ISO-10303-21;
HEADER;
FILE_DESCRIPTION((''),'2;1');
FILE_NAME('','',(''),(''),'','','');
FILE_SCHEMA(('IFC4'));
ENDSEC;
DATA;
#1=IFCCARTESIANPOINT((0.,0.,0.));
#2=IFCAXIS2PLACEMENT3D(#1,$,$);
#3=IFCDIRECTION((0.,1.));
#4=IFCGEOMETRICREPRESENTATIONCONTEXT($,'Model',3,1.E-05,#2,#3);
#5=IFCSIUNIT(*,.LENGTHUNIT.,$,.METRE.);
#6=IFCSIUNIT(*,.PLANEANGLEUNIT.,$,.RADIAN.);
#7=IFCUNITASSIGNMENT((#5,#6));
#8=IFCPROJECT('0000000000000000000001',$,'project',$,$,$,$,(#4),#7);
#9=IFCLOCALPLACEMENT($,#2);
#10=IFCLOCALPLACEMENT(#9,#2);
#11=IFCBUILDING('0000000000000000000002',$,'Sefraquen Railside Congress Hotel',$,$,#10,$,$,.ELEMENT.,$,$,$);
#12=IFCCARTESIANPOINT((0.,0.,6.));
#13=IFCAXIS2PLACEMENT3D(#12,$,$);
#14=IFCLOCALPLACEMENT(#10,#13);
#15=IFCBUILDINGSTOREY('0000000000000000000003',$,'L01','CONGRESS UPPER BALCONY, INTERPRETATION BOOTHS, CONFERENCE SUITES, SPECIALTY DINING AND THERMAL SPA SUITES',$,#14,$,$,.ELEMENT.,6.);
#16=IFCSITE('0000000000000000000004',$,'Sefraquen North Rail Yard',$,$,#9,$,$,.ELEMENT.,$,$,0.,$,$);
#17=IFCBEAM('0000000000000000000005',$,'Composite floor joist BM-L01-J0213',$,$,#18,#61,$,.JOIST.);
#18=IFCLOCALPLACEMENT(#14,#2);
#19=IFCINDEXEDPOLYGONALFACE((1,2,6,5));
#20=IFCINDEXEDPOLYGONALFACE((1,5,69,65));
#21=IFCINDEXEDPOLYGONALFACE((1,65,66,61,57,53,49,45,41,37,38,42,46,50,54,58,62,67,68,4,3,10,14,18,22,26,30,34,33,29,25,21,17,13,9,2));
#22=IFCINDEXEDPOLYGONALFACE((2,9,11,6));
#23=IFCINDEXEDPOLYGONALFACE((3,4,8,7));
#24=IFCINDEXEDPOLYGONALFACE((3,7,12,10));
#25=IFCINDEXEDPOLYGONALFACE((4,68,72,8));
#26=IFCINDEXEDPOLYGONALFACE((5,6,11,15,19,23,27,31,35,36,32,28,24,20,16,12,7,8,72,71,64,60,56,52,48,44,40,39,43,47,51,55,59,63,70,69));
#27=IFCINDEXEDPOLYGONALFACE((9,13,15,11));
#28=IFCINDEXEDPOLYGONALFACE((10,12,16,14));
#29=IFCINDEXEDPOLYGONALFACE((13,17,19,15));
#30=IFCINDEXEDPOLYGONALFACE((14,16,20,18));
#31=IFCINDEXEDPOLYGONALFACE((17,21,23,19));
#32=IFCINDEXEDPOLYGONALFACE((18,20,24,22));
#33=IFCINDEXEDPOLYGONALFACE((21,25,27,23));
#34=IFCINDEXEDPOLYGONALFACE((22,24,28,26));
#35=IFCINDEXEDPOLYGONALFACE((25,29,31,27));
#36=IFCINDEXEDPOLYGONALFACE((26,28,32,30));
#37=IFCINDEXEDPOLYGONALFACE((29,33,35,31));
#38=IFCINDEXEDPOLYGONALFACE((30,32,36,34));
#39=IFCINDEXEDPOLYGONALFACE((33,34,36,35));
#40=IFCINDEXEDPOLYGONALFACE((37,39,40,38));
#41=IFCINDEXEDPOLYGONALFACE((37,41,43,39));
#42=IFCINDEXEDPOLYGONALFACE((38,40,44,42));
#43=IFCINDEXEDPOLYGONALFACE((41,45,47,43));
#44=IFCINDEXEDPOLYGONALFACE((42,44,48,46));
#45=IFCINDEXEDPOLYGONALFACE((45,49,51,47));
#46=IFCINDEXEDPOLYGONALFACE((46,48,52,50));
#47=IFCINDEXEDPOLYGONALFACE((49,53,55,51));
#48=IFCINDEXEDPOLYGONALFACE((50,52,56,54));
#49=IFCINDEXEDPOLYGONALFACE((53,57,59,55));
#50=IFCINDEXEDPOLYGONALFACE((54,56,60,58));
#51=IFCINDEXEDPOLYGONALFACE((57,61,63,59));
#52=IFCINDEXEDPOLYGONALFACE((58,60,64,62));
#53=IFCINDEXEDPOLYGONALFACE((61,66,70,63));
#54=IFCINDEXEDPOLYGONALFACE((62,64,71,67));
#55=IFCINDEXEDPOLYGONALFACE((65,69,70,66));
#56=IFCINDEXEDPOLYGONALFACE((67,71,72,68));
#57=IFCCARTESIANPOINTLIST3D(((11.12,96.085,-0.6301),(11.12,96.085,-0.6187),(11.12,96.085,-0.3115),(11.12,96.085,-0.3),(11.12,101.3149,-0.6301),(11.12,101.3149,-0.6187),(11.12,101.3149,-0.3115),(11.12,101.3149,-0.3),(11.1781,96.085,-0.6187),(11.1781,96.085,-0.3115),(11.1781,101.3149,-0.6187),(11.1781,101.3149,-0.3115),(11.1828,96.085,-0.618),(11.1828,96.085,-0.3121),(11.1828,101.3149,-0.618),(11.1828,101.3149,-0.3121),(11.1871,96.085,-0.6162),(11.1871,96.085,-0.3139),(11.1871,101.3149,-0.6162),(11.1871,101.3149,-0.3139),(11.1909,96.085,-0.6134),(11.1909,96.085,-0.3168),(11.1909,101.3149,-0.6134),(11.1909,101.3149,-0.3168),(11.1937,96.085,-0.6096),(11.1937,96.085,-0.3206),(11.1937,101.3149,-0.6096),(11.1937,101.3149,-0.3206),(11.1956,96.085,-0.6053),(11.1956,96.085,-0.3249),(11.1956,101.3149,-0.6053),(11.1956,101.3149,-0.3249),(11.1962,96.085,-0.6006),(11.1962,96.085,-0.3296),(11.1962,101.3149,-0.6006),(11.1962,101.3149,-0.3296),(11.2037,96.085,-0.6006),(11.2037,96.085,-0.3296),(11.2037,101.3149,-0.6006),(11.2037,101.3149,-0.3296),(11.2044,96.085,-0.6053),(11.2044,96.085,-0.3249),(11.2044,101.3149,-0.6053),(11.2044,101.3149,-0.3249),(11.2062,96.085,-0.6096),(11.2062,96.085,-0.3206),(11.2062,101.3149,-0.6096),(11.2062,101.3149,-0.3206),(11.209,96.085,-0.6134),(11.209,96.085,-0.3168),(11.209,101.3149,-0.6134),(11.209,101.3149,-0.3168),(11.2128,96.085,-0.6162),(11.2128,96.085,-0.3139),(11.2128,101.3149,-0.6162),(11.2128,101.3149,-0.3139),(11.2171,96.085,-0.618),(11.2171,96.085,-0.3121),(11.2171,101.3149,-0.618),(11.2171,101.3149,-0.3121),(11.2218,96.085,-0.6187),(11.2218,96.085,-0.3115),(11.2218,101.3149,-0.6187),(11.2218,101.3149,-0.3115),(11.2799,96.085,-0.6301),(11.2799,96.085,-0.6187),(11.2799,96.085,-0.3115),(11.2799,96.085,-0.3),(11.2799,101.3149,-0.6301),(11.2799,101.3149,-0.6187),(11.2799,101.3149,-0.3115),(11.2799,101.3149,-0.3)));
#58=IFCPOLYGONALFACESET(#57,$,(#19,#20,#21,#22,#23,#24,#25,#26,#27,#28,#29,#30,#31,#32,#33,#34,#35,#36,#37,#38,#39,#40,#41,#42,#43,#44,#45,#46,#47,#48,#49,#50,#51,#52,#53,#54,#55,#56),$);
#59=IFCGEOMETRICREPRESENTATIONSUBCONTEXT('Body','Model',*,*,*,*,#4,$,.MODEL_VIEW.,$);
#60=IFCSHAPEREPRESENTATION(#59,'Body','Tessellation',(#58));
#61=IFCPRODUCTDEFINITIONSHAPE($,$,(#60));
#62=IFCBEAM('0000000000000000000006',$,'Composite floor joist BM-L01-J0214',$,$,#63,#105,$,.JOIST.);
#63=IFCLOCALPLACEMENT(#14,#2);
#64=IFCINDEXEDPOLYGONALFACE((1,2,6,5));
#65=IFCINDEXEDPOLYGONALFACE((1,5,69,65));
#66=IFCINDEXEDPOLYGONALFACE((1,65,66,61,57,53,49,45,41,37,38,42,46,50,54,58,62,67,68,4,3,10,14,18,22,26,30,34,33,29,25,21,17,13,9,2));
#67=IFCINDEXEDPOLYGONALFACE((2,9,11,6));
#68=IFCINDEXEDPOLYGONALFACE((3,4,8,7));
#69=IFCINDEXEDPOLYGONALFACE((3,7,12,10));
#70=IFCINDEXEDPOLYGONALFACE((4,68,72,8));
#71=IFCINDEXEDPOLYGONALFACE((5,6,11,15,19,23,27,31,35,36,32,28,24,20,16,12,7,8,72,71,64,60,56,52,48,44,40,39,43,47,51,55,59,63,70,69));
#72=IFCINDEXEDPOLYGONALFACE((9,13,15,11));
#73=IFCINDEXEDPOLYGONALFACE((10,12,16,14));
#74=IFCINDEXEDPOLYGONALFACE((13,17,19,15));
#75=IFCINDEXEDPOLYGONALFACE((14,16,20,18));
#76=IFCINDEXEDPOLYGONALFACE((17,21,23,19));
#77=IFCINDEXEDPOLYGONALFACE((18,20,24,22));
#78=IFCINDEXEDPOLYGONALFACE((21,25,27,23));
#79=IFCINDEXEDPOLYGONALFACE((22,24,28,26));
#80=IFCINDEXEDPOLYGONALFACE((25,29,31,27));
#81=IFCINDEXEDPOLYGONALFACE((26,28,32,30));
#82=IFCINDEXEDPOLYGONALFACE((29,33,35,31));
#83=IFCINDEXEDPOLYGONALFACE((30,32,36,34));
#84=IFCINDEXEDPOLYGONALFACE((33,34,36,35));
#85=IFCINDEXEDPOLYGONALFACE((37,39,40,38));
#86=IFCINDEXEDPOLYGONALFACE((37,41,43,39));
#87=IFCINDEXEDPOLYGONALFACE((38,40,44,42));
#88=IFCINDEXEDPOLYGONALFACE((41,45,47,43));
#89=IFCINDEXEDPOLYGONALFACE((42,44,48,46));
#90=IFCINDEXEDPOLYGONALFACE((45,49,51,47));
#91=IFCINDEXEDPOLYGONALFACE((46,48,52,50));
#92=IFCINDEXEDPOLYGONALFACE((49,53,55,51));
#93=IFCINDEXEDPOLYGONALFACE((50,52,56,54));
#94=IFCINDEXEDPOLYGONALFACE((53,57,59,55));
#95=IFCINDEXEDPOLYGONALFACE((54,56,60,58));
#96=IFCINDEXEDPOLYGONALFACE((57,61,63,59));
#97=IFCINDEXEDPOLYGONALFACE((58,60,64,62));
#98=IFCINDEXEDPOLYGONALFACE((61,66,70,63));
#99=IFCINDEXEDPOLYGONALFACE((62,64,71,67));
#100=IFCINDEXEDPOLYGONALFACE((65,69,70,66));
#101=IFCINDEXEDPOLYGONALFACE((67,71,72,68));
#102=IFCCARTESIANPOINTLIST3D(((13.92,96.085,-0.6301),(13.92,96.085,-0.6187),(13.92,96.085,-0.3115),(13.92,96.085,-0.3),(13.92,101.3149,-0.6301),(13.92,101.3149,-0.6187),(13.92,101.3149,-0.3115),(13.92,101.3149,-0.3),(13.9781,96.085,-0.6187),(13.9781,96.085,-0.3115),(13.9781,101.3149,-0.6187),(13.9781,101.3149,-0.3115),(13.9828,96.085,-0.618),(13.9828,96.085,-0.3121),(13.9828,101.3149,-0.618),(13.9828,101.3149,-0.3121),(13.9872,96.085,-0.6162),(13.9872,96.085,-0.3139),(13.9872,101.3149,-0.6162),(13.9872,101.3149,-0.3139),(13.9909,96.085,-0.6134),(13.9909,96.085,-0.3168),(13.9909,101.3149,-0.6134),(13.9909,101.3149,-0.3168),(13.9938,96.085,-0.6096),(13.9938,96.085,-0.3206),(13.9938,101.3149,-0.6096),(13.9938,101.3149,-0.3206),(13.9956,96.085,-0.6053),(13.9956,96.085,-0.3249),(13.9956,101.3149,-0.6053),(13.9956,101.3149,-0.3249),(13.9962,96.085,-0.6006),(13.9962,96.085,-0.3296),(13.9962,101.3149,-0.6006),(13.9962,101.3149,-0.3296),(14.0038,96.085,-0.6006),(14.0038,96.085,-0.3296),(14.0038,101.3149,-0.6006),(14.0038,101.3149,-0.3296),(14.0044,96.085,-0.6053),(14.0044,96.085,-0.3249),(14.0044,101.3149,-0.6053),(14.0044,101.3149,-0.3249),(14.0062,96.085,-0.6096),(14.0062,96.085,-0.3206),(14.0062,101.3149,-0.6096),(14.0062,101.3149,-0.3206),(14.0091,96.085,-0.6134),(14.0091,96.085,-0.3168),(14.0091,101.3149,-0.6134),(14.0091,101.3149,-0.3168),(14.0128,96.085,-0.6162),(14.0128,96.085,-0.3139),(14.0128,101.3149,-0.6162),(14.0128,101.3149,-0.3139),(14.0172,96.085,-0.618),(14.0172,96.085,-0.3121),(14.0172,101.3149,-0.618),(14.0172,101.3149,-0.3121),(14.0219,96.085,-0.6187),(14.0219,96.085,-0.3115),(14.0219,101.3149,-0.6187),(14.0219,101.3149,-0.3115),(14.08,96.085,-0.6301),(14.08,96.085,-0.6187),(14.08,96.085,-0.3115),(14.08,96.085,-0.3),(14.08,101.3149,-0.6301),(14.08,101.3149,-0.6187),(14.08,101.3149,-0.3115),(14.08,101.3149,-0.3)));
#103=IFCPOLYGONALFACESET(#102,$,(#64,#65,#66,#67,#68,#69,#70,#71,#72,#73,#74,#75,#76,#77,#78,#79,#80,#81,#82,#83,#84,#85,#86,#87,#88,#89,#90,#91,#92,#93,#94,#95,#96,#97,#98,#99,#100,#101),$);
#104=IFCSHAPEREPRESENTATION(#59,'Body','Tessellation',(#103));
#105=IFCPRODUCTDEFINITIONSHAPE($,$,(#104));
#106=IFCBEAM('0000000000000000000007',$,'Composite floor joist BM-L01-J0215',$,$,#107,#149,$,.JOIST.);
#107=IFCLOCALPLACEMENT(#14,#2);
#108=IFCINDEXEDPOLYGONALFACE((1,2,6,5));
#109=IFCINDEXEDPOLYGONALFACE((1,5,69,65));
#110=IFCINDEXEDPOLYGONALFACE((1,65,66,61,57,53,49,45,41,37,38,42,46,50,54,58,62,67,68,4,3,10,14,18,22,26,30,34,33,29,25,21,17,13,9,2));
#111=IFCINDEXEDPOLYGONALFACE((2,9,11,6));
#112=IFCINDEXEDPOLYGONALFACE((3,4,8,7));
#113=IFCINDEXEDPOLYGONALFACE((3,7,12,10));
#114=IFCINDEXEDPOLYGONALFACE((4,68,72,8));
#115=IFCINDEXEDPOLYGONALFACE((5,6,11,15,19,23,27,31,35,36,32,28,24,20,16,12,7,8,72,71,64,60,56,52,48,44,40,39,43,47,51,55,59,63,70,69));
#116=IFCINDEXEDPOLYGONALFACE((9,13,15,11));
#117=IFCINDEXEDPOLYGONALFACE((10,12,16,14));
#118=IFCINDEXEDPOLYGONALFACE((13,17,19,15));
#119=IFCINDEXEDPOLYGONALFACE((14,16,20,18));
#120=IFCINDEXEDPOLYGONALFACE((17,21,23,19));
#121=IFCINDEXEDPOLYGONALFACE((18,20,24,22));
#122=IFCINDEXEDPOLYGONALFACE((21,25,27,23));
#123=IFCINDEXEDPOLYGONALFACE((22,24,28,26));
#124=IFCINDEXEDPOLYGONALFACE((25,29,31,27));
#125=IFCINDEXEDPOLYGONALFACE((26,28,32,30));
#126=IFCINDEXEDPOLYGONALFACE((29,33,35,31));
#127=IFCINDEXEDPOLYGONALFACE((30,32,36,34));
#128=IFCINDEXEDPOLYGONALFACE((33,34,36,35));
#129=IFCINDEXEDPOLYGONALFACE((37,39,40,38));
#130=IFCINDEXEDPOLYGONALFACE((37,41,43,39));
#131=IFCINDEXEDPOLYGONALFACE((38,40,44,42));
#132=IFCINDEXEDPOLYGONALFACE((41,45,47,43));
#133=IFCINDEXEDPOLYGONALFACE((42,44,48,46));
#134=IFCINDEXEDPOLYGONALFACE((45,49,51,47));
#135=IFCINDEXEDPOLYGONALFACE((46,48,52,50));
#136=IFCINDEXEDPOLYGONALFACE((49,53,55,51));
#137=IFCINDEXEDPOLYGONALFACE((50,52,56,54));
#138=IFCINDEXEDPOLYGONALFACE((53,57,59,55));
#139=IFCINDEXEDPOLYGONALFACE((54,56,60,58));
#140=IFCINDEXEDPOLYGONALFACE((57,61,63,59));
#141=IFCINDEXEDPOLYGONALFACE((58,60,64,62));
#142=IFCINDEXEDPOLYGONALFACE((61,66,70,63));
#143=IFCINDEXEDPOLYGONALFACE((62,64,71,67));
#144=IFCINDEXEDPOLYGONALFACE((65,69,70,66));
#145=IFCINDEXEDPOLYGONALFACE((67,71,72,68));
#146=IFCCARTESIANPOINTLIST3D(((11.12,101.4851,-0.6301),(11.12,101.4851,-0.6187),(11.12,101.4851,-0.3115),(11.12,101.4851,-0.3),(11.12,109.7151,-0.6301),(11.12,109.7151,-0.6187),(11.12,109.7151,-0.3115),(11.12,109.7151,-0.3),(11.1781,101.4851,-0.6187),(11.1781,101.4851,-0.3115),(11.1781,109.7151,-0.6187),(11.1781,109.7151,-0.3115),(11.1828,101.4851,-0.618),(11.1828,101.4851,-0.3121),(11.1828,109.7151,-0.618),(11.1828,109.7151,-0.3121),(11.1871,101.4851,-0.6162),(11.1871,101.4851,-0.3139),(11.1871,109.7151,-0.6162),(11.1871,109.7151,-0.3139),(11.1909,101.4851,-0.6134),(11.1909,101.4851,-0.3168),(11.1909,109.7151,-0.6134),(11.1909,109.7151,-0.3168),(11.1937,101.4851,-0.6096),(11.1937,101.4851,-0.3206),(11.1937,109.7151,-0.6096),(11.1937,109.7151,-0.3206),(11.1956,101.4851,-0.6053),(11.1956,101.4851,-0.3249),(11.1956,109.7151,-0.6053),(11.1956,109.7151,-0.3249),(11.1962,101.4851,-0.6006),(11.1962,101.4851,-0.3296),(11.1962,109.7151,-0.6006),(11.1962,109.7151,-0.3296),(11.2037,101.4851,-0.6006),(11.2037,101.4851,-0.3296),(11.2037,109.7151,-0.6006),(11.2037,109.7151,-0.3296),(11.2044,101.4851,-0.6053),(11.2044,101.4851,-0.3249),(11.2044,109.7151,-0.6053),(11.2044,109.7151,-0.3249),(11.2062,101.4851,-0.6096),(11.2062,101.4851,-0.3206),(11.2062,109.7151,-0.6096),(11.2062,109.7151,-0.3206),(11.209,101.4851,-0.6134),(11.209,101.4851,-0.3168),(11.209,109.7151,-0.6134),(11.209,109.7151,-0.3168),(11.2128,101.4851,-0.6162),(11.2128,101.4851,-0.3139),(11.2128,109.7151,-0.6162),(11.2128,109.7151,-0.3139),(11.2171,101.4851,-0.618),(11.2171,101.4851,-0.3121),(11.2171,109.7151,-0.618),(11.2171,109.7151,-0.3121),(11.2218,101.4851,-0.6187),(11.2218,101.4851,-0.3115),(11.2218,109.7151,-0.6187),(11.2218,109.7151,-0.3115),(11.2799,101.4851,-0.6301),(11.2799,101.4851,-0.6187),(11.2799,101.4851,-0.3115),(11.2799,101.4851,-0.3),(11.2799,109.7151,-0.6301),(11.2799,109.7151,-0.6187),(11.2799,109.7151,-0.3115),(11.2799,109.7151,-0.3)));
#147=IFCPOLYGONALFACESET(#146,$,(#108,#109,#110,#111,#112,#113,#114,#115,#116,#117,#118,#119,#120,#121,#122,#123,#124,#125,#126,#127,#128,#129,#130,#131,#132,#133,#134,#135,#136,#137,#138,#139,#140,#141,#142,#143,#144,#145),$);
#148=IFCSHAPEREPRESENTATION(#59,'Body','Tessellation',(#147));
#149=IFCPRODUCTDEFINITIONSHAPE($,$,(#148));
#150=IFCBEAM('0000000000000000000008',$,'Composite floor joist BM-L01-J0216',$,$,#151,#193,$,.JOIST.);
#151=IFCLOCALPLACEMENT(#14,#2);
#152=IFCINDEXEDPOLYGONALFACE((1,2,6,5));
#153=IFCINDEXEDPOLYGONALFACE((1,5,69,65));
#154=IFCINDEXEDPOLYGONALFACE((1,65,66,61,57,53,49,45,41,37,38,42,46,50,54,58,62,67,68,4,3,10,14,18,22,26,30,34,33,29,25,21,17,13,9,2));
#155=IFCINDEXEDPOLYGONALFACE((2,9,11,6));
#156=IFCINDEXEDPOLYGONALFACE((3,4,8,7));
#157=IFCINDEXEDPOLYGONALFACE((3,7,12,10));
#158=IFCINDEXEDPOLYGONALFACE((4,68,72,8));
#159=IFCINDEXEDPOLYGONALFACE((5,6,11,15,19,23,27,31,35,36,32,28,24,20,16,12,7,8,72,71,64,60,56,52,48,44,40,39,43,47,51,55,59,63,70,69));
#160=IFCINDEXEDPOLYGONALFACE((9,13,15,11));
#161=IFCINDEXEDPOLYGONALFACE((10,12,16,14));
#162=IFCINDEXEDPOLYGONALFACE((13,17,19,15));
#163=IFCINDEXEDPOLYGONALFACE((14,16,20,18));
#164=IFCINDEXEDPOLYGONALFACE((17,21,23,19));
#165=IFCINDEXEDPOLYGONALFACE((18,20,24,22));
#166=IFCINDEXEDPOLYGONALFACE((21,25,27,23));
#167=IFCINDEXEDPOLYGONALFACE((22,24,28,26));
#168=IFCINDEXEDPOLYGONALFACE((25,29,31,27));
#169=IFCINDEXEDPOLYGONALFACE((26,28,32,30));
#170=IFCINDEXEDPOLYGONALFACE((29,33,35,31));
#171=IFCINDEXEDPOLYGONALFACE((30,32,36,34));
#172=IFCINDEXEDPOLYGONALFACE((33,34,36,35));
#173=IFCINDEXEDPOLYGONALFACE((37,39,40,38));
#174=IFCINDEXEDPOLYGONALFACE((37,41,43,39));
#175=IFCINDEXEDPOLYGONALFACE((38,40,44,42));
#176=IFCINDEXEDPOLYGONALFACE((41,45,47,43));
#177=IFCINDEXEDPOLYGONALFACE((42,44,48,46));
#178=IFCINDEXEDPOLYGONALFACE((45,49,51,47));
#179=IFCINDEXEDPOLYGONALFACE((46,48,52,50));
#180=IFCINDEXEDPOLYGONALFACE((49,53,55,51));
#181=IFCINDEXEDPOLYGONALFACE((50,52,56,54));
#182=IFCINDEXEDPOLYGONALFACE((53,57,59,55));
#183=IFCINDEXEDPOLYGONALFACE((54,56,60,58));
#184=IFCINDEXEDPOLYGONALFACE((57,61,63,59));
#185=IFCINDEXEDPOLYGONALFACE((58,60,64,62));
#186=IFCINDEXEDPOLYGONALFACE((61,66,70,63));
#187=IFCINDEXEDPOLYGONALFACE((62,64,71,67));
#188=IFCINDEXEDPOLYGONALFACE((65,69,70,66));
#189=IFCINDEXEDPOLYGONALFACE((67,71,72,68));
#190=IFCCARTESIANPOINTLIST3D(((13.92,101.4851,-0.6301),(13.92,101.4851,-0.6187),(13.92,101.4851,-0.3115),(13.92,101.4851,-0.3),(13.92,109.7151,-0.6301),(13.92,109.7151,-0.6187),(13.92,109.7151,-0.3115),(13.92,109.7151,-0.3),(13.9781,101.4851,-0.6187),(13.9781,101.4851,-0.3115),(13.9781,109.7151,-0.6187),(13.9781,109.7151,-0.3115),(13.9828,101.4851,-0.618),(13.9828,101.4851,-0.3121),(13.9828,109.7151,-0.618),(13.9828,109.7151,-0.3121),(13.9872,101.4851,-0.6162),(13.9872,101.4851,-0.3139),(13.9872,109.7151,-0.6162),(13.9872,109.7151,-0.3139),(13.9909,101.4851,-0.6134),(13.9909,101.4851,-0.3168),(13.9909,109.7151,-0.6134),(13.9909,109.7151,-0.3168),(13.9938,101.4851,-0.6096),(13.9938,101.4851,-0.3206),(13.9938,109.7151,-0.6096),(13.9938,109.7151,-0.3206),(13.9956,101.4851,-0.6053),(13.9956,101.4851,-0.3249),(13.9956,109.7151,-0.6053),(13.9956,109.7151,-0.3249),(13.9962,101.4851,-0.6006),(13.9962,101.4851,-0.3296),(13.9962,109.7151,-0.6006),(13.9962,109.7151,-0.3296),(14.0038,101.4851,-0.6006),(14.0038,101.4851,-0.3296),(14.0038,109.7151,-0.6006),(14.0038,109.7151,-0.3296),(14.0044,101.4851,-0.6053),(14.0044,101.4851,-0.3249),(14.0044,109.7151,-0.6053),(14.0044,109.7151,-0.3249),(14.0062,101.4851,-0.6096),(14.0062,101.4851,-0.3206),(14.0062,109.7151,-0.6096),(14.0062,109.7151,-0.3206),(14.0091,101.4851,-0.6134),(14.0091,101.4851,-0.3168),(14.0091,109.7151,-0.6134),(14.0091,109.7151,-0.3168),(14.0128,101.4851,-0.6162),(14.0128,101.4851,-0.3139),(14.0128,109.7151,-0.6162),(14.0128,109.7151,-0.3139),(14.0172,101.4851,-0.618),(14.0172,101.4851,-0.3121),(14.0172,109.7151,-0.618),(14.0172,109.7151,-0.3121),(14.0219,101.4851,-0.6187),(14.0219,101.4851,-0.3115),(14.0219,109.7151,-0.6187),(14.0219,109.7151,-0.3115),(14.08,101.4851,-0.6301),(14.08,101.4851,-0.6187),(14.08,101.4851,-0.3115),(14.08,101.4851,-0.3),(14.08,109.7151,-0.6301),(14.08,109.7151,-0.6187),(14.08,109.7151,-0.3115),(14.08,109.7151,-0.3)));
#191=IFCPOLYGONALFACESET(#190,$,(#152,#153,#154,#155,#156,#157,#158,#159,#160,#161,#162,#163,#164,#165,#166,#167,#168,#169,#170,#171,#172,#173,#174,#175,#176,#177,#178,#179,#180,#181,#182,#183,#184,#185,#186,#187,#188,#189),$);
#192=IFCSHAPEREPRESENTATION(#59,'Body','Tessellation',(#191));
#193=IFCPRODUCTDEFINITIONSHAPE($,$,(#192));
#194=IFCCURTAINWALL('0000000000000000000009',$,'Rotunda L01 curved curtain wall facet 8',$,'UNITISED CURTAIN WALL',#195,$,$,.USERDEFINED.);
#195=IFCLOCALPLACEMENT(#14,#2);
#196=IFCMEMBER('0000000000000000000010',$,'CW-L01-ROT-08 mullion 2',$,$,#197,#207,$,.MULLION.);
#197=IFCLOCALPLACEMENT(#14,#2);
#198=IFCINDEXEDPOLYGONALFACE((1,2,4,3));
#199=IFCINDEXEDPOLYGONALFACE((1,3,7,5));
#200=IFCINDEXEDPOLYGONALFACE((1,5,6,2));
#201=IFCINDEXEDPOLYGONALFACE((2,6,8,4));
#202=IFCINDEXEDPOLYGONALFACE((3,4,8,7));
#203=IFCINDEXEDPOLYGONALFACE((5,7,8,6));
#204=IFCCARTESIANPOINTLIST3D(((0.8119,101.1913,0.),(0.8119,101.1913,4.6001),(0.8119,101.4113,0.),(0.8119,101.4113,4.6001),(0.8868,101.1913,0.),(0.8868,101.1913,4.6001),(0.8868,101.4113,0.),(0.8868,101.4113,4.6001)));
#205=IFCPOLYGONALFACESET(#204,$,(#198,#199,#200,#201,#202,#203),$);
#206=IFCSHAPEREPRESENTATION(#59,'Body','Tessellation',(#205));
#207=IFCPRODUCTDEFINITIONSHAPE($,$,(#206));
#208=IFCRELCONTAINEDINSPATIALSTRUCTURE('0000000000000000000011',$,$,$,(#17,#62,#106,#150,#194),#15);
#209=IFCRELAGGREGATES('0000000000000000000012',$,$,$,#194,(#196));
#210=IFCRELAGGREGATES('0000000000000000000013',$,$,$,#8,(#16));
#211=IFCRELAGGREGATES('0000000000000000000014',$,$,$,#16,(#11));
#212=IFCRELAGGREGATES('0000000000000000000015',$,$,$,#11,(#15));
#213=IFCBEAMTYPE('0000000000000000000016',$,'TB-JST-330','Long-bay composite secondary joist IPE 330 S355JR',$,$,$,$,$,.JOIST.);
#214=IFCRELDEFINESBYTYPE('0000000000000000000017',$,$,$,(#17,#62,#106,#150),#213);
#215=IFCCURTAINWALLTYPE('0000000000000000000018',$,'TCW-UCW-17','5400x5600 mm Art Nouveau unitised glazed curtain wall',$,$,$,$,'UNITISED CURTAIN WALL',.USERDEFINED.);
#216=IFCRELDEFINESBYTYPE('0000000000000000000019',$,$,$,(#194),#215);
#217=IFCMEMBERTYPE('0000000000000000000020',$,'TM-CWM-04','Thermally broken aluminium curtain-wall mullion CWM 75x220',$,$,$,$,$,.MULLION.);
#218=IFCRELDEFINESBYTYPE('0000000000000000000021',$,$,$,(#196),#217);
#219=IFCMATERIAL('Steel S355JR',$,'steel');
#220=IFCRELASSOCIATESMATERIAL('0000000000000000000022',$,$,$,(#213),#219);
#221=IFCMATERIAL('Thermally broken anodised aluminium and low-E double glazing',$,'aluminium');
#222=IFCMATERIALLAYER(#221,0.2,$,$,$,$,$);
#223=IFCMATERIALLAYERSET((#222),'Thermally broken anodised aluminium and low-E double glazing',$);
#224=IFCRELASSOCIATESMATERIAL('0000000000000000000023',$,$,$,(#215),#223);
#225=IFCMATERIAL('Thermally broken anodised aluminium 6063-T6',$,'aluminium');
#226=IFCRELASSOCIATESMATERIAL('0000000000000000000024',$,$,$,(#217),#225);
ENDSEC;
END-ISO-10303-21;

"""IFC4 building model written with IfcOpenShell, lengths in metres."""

from ifc_helpers import new_model, si_unit, direction, frame, origin, origin_2d, place, context, subcontext, project, spatial, rectangle, i_section, extrude, material, layer, layer_set, material_profile, profile_set, type_object, element, aggregate, save


model = new_model("IFC4")

# Units and contexts
model_context = context("Model", 3, precision=1e-05, world=origin(), true_north=direction((0.0, 1.0)))
body_context = subcontext(model_context, "Body", "Model", "MODEL_VIEW")
ifc_project = project(units=[si_unit("LENGTHUNIT", "METRE"), si_unit("PLANEANGLEUNIT", "RADIAN")], contexts=[model_context])

# Site, building, storey
site_placement = place(None, origin())
site = spatial("IfcSite", under=ifc_project, at=site_placement, Name="Sefraquen North Rail Yard", CompositionType="ELEMENT", RefElevation=0.0)
building_placement = place(site_placement, origin())
building = spatial("IfcBuilding", under=site, at=building_placement, Name="Sefraquen Railside Congress Hotel", CompositionType="ELEMENT")
storey_placement = place(building_placement, frame((0.0, 0.0, 6.0)))
storey = spatial("IfcBuildingStorey", under=building, at=storey_placement, Name="L01", Description="CONGRESS UPPER BALCONY, INTERPRETATION BOOTHS, CONFERENCE SUITES, SPECIALTY DINING AND THERMAL SPA SUITES", CompositionType="ELEMENT", Elevation=6.0)

# Shared definitions
ifc_material_1 = material(Name="Steel S355JR", Category="steel")

# Beams
ifc_material_profile_1 = material_profile(ifc_material_1, i_section(OverallWidth=0.1599, OverallDepth=0.3301, WebThickness=0.0076, FlangeThickness=0.0115, FilletRadius=0.0181, at=origin_2d()), Name="IPE 330")
ifc_profile_set_1 = profile_set([ifc_material_profile_1], Name="Steel S355JR")
beam_type_1 = type_object("IfcBeamType", Name="TB-JST-330", Description="Long-bay composite secondary joist IPE 330 S355JR", PredefinedType="JOIST", material=ifc_profile_set_1)
for number, where, z_axis, x_axis, name in (
    (1, (11.2, 96.085, -0.4651), (0.0, 1.0, 0.0), (-1.0, 0.0, 0.0), "Composite floor joist BM-L01-J0213"),
    (2, (14.0, 96.085, -0.4651), (0.0, 1.0, 0.0), (-1.0, 0.0, 0.0), "Composite floor joist BM-L01-J0214"),
):
    element("IfcBeam", number, at=place(storey_placement, frame(where, z_axis=z_axis, x_axis=x_axis)), inside=storey, type_object=beam_type_1, Name=name, PredefinedType="JOIST", context=body_context, shape_type="SweptSolid", body=[
        extrude(i_section(OverallWidth=0.1599, OverallDepth=0.3301, WebThickness=0.0076, FlangeThickness=0.0115, FilletRadius=0.0181, at=origin_2d()), origin(), (0.0, 0.0, 1.0), 5.23),
    ])
for number, where, z_axis, x_axis, name in (
    (3, (11.2, 101.4851, -0.4651), (0.0, 1.0, 0.0), (-1.0, 0.0, 0.0), "Composite floor joist BM-L01-J0215"),
    (4, (14.0, 101.4851, -0.4651), (0.0, 1.0, 0.0), (-1.0, 0.0, 0.0), "Composite floor joist BM-L01-J0216"),
):
    element("IfcBeam", number, at=place(storey_placement, frame(where, z_axis=z_axis, x_axis=x_axis)), inside=storey, type_object=beam_type_1, Name=name, PredefinedType="JOIST", context=body_context, shape_type="SweptSolid", body=[
        extrude(i_section(OverallWidth=0.1599, OverallDepth=0.3301, WebThickness=0.0076, FlangeThickness=0.0115, FilletRadius=0.0181, at=origin_2d()), origin(), (0.0, 0.0, 1.0), 8.23),
    ])

# Curtain wall, member
ifc_material_2 = material(Name="Thermally broken anodised aluminium and low-E double glazing", Category="aluminium")
ifc_layer_1 = layer(ifc_material_2, 0.2)
ifc_layer_set_1 = layer_set([ifc_layer_1], Name="Thermally broken anodised aluminium and low-E double glazing")
curtain_wall_type_1 = type_object("IfcCurtainWallType", Name="TCW-UCW-17", Description="5400x5600 mm Art Nouveau unitised glazed curtain wall", ElementType="UNITISED CURTAIN WALL", PredefinedType="USERDEFINED", material=ifc_layer_set_1)
curtain_wall_1_placement = place(storey_placement, origin())
curtain_wall_1 = element("IfcCurtainWall", 5, at=curtain_wall_1_placement, inside=storey, type_object=curtain_wall_type_1, Name="Rotunda L01 curved curtain wall facet 8", ObjectType="UNITISED CURTAIN WALL", PredefinedType="USERDEFINED")
ifc_material_3 = material(Name="Thermally broken anodised aluminium 6063-T6", Category="aluminium")
ifc_material_profile_2 = material_profile(ifc_material_3, rectangle(XDim=0.075, YDim=0.22, at=origin_2d()), Name="CWM 75x220")
ifc_profile_set_2 = profile_set([ifc_material_profile_2], Name="Thermally broken anodised aluminium 6063-T6")
member_type_1 = type_object("IfcMemberType", Name="TM-CWM-04", Description="Thermally broken aluminium curtain-wall mullion CWM 75x220", PredefinedType="MULLION", material=ifc_profile_set_2)
member_1_placement = place(storey_placement, frame((0.8494, 101.3013, 0.0), z_axis=(0.0, 0.0, 1.0), x_axis=(1.0, 0.0, 0.0)))
member_1 = element("IfcMember", 6, at=member_1_placement, type_object=member_type_1, Name="CW-L01-ROT-08 mullion 2", PredefinedType="MULLION", context=body_context, shape_type="SweptSolid", body=[
    extrude(rectangle(XDim=0.075, YDim=0.22, at=origin_2d()), origin(), (0.0, 0.0, 1.0), 4.6001),
])

aggregate(curtain_wall_1, [member_1])

save(model, "model.ifc")
